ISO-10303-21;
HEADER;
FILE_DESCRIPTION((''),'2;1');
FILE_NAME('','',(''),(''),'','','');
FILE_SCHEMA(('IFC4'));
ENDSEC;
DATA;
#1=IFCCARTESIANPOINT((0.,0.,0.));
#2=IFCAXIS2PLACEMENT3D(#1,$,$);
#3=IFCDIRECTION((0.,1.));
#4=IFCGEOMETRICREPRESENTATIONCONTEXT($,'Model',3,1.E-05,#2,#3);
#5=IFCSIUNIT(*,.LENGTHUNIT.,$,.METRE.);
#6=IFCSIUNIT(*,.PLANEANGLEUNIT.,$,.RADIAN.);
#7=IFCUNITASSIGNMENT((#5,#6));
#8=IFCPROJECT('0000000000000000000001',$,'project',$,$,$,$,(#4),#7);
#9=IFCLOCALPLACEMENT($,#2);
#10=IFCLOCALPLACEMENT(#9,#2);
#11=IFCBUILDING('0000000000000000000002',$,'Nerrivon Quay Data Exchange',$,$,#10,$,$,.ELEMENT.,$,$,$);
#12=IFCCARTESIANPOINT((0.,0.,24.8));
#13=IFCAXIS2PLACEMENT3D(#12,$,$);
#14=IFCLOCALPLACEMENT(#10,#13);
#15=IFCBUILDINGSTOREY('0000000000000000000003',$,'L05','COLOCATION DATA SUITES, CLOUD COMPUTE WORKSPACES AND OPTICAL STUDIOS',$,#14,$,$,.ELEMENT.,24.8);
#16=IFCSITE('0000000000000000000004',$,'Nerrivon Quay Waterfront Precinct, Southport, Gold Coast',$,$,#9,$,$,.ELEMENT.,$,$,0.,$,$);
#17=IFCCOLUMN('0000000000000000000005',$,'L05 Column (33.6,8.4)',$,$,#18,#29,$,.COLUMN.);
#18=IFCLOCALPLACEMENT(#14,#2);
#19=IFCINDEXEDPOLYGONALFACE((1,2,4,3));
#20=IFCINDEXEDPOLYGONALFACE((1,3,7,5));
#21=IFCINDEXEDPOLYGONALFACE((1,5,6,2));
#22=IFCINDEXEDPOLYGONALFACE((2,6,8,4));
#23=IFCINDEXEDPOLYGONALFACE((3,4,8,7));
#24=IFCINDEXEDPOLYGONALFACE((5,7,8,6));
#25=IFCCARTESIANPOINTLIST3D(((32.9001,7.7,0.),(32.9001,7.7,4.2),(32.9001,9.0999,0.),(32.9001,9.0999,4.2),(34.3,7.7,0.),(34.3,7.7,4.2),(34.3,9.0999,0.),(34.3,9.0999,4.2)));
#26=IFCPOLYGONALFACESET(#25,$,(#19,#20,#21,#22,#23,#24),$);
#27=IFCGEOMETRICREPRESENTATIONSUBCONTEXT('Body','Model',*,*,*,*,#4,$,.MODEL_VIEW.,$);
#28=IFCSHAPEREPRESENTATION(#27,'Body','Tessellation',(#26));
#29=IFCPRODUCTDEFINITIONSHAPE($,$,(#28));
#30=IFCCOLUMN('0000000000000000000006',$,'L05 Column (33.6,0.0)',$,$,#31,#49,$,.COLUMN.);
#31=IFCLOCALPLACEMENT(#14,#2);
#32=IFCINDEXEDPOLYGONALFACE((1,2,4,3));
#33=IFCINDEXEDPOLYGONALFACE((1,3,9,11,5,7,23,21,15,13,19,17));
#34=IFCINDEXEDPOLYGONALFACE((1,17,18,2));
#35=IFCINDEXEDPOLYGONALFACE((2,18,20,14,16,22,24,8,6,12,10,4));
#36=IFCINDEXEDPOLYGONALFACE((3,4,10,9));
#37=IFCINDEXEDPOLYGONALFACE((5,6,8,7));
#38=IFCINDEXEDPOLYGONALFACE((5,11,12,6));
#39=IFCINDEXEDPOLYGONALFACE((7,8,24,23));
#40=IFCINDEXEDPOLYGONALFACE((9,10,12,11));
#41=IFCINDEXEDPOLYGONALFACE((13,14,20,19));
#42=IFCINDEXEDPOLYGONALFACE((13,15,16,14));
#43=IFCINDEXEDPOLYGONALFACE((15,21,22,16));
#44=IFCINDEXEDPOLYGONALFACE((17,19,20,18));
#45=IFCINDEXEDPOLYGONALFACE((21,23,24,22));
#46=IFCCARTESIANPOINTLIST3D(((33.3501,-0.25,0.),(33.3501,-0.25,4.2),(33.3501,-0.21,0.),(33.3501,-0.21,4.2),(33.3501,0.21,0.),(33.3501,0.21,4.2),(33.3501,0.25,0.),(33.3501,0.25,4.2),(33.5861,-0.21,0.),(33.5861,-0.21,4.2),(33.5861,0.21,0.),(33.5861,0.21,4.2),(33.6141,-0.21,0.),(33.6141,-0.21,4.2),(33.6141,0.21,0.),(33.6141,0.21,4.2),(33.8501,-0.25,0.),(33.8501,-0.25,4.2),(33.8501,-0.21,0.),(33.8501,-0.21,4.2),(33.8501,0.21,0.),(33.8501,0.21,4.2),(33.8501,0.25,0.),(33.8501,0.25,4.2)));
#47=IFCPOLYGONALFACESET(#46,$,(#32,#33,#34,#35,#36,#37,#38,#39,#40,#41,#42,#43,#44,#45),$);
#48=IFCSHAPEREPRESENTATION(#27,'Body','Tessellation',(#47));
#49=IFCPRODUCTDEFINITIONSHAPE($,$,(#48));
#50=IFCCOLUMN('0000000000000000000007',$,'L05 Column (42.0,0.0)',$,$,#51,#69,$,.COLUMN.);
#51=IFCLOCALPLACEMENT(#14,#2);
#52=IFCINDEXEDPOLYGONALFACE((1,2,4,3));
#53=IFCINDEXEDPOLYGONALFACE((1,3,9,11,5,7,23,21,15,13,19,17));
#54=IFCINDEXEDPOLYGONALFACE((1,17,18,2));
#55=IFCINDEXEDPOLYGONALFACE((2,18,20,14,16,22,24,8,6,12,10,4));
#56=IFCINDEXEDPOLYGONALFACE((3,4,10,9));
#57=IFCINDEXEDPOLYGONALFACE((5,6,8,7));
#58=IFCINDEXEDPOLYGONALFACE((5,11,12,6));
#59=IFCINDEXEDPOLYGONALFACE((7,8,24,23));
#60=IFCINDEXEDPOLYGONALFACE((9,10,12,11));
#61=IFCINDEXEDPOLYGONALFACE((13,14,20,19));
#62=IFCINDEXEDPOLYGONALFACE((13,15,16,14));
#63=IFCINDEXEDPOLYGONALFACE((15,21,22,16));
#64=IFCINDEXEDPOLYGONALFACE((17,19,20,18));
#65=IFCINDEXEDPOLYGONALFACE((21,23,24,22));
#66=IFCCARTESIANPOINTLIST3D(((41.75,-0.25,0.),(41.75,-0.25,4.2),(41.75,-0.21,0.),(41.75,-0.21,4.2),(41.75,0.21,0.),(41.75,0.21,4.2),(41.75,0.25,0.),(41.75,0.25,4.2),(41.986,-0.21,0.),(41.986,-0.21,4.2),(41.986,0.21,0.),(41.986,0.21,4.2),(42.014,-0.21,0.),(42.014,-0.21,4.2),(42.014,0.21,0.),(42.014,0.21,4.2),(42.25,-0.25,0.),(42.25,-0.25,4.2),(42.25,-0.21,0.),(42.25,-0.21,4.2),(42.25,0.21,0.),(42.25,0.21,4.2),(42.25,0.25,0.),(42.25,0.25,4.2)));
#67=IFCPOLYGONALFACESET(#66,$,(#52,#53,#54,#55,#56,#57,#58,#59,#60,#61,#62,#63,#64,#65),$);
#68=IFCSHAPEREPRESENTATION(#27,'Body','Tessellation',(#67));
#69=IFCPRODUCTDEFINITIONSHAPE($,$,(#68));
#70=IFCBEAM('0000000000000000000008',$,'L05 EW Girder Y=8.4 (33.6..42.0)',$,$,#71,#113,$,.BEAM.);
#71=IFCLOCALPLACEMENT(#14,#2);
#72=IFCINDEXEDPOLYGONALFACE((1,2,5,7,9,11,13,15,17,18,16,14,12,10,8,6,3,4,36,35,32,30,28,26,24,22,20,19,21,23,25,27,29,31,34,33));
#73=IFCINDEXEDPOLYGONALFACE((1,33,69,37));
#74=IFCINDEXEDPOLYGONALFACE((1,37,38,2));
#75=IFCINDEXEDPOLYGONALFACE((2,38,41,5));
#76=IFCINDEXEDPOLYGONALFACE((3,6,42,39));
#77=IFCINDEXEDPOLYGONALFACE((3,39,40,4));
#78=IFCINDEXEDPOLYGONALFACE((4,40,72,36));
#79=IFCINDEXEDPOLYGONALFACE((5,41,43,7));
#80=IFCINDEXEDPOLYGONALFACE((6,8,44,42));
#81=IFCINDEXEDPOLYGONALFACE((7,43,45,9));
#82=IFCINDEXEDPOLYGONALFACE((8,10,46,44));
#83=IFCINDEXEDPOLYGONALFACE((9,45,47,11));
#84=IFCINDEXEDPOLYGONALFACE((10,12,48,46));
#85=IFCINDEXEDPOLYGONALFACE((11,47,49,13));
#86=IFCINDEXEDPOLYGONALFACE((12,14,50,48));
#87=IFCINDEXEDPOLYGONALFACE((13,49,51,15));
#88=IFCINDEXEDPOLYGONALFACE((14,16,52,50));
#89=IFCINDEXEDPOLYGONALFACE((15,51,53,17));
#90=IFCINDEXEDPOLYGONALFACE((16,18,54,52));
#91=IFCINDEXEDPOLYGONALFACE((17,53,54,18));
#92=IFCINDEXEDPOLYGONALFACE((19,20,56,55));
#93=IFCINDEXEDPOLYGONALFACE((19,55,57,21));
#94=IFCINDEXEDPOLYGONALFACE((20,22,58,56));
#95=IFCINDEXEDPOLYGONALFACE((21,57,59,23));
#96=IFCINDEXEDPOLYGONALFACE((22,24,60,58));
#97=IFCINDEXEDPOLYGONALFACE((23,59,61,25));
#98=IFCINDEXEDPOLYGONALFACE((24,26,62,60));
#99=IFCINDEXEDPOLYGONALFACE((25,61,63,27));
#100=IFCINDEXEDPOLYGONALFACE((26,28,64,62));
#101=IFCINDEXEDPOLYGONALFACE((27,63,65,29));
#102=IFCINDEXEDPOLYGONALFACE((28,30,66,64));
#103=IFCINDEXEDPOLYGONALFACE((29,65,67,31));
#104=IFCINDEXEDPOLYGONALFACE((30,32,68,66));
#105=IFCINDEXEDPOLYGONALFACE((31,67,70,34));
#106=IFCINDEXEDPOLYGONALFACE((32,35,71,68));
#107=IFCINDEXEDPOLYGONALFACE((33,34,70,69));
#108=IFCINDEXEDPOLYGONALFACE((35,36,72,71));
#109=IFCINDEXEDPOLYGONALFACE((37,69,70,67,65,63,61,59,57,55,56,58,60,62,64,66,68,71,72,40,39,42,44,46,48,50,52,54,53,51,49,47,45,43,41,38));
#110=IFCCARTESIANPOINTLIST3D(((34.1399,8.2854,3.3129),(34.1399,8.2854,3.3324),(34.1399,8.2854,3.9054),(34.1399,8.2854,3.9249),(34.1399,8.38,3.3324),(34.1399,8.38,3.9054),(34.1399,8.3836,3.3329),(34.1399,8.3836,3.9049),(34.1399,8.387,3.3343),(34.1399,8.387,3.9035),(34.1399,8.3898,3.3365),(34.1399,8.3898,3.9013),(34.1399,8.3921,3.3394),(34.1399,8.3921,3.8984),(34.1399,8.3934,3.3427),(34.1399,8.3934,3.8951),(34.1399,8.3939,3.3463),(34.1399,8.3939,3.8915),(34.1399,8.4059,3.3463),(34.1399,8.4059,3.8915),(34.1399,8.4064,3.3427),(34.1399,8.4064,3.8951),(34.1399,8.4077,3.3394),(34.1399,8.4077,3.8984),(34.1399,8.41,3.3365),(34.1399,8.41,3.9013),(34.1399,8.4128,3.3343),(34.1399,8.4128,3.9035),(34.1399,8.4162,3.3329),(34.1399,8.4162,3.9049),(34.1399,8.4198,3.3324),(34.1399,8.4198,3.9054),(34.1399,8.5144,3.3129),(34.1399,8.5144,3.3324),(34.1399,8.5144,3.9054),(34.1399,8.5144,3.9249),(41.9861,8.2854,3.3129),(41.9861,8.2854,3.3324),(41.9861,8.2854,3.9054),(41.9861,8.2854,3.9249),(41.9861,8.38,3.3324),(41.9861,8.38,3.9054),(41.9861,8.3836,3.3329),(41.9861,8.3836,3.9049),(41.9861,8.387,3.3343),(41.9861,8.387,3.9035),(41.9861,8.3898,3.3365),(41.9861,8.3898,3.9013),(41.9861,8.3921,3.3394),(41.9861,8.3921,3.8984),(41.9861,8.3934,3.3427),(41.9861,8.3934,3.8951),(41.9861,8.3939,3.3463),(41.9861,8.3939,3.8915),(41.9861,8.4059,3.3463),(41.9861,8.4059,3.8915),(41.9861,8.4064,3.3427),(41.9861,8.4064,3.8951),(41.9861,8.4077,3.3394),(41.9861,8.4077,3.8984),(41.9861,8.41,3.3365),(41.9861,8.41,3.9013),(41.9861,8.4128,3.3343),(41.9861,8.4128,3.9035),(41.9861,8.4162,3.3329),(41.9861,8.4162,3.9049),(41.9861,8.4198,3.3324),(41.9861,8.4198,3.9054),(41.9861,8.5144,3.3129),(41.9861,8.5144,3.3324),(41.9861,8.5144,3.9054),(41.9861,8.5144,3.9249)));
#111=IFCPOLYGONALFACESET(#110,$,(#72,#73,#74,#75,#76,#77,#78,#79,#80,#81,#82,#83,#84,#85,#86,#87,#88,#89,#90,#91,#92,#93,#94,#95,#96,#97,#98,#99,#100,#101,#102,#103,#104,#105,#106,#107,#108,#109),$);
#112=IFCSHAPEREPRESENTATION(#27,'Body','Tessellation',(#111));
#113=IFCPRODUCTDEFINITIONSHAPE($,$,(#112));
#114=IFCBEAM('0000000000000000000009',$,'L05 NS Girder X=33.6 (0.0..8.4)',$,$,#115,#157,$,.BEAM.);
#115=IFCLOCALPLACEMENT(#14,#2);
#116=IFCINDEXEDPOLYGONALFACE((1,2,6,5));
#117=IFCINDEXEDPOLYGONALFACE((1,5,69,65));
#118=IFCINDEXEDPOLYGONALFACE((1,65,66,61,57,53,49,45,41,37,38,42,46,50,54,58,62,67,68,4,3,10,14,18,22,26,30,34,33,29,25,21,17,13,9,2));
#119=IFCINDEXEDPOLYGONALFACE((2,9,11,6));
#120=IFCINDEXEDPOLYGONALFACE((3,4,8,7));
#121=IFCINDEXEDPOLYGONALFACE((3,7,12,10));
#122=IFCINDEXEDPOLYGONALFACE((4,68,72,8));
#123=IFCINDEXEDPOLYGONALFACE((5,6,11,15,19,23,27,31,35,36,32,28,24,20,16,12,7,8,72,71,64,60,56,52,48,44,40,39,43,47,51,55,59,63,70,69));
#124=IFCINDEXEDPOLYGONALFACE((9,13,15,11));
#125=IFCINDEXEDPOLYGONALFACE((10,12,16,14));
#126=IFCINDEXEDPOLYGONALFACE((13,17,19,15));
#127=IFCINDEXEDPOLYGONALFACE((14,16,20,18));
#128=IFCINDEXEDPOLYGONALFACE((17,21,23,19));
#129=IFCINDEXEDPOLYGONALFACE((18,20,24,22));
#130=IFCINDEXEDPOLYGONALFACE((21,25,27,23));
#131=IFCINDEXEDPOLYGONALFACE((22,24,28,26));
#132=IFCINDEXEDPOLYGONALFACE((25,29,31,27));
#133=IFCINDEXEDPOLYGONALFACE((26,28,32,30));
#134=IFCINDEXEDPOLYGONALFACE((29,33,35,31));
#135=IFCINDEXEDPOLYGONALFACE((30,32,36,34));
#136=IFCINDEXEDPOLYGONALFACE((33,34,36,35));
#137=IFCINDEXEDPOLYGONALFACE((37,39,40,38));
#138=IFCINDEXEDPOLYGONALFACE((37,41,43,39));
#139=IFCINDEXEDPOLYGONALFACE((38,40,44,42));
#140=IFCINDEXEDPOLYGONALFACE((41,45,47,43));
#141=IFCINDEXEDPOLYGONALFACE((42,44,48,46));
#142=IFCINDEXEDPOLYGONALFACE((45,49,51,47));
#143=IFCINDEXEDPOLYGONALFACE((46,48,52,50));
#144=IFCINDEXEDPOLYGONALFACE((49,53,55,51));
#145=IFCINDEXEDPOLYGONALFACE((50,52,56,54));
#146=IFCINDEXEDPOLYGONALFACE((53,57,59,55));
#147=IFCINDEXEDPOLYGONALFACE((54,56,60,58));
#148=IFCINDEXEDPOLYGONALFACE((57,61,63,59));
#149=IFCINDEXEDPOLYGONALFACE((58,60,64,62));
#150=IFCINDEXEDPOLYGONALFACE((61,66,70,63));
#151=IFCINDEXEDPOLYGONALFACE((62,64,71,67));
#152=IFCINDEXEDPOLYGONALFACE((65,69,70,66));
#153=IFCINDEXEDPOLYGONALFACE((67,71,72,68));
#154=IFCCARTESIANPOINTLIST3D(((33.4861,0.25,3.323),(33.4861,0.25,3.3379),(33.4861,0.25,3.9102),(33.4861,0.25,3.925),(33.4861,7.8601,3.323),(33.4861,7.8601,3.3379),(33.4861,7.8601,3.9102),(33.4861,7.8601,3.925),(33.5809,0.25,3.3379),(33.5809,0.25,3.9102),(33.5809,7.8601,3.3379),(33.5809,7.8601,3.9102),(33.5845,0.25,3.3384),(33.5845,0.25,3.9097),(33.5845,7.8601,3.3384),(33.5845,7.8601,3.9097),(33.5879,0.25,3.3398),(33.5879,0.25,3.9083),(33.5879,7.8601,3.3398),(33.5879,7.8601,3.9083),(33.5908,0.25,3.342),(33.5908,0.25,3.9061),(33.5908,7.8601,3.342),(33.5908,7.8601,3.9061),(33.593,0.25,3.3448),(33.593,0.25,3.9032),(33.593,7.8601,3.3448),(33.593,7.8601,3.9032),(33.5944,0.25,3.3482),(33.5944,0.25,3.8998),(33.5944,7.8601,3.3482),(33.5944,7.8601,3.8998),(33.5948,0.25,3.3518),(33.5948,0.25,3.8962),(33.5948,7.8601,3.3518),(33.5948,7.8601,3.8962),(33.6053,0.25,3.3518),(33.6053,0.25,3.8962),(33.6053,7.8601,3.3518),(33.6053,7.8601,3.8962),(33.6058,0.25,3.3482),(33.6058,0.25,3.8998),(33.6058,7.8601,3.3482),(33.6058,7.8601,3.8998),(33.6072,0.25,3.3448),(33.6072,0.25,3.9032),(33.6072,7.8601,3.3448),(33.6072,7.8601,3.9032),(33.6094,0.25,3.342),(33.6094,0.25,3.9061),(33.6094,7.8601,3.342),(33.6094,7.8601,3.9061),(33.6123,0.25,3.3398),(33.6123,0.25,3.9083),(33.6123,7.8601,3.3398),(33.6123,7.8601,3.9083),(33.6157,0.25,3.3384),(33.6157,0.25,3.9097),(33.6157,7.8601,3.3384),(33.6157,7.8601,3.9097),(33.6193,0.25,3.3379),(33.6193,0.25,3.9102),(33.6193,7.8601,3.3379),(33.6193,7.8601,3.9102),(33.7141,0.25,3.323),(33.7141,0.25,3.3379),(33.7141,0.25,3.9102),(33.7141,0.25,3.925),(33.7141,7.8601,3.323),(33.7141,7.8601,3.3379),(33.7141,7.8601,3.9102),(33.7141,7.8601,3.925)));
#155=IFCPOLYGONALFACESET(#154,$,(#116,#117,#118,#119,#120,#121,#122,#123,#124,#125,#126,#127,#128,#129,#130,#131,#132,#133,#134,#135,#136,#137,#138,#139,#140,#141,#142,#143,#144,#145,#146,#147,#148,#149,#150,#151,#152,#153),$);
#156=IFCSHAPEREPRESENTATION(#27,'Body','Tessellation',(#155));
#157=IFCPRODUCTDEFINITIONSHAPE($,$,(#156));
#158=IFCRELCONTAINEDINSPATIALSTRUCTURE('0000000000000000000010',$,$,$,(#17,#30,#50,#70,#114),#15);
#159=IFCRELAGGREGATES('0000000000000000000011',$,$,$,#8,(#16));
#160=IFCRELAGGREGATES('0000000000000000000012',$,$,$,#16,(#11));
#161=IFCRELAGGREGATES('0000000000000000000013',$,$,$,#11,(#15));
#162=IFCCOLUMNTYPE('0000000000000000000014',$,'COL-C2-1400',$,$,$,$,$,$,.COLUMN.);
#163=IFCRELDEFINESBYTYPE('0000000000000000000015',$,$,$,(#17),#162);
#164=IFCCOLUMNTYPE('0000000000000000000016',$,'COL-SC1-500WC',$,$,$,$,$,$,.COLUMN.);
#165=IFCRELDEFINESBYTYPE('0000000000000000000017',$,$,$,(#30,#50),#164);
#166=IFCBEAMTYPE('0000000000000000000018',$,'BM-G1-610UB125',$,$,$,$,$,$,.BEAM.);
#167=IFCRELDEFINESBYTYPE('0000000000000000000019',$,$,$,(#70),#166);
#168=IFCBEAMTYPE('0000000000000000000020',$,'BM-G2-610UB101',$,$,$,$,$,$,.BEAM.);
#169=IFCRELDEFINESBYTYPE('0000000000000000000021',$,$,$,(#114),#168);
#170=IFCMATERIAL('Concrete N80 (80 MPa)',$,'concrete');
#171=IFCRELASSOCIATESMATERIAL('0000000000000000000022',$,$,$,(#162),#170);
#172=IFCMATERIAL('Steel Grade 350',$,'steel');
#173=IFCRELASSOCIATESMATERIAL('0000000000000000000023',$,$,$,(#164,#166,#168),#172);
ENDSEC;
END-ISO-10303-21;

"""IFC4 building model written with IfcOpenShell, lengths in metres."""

from ifc_helpers import new_model, si_unit, direction, frame, origin, origin_2d, place, context, subcontext, project, spatial, rectangle, i_section, extrude, material, material_profile, profile_set, type_object, element, save


model = new_model("IFC4")

# Units and contexts
model_context = context("Model", 3, precision=1e-05, world=origin(), true_north=direction((0.0, 1.0)))
body_context = subcontext(model_context, "Body", "Model", "MODEL_VIEW")
ifc_project = project(units=[si_unit("LENGTHUNIT", "METRE"), si_unit("PLANEANGLEUNIT", "RADIAN")], contexts=[model_context])

# Site, building, storey
site_placement = place(None, origin())
site = spatial("IfcSite", under=ifc_project, at=site_placement, Name="Nerrivon Quay Waterfront Precinct, Southport, Gold Coast", CompositionType="ELEMENT", RefElevation=0.0)
building_placement = place(site_placement, origin())
building = spatial("IfcBuilding", under=site, at=building_placement, Name="Nerrivon Quay Data Exchange", CompositionType="ELEMENT")
storey_placement = place(building_placement, frame((0.0, 0.0, 24.8)))
storey = spatial("IfcBuildingStorey", under=building, at=storey_placement, Name="L05", Description="COLOCATION DATA SUITES, CLOUD COMPUTE WORKSPACES AND OPTICAL STUDIOS", CompositionType="ELEMENT", Elevation=24.8)

# Columns
ifc_material_1 = material(Name="Concrete N80 (80 MPa)", Category="concrete")
ifc_material_profile_1 = material_profile(ifc_material_1, rectangle(XDim=1.3999, YDim=1.3999, at=origin_2d()), Name="RC-COL-1400x1400")
ifc_profile_set_1 = profile_set([ifc_material_profile_1], Name="Concrete N80 (80 MPa)")
column_type_1 = type_object("IfcColumnType", Name="COL-C2-1400", PredefinedType="COLUMN", material=ifc_profile_set_1)
column_placement = place(storey_placement, frame((33.6001, 8.3999, 0.0), z_axis=(0.0, 0.0, 1.0), x_axis=(1.0, 0.0, 0.0)))
element("IfcColumn", 1, at=column_placement, inside=storey, type_object=column_type_1, Name="L05 Column (33.6,8.4)", PredefinedType="COLUMN", context=body_context, shape_type="SweptSolid", body=[
    extrude(rectangle(XDim=1.3999, YDim=1.3999, at=origin_2d()), origin(), (0.0, 0.0, 1.0), 4.2),
])
ifc_material_2 = material(Name="Steel Grade 350", Category="steel")
ifc_material_profile_2 = material_profile(ifc_material_2, i_section(OverallWidth=0.5, OverallDepth=0.5, WebThickness=0.0281, FlangeThickness=0.04, at=origin_2d()), Name="500WC440")
ifc_profile_set_2 = profile_set([ifc_material_profile_2], Name="Steel Grade 350")
column_type_2 = type_object("IfcColumnType", Name="COL-SC1-500WC", PredefinedType="COLUMN", material=ifc_profile_set_2)
for number, where, z_axis, x_axis, name in (
    (2, (33.6001, 0.0, 0.0), (0.0, 0.0, 1.0), (1.0, 0.0, 0.0), "L05 Column (33.6,0.0)"),
    (3, (42.0, 0.0, 0.0), (0.0, 0.0, 1.0), (1.0, 0.0, 0.0), "L05 Column (42.0,0.0)"),
):
    element("IfcColumn", number, at=place(storey_placement, frame(where, z_axis=z_axis, x_axis=x_axis)), inside=storey, type_object=column_type_2, Name=name, PredefinedType="COLUMN", context=body_context, shape_type="SweptSolid", body=[
        extrude(i_section(OverallWidth=0.5, OverallDepth=0.5, WebThickness=0.0281, FlangeThickness=0.04, at=origin_2d()), origin(), (0.0, 0.0, 1.0), 4.2),
    ])

# Beams
ifc_material_profile_3 = material_profile(ifc_material_2, i_section(OverallWidth=0.229, OverallDepth=0.6121, WebThickness=0.012, FlangeThickness=0.0195, FilletRadius=0.0139, at=origin_2d()), Name="610UB125")
ifc_profile_set_3 = profile_set([ifc_material_profile_3], Name="Steel Grade 350")
beam_type_1 = type_object("IfcBeamType", Name="BM-G1-610UB125", PredefinedType="BEAM", material=ifc_profile_set_3)
beam_1_placement = place(storey_placement, frame((34.1399, 8.3999, 3.6189), z_axis=(1.0, 0.0, 0.0), x_axis=(0.0, 1.0, 0.0)))
element("IfcBeam", 4, at=beam_1_placement, inside=storey, type_object=beam_type_1, Name="L05 EW Girder Y=8.4 (33.6..42.0)", PredefinedType="BEAM", context=body_context, shape_type="SweptSolid", body=[
    extrude(i_section(OverallWidth=0.229, OverallDepth=0.6121, WebThickness=0.012, FlangeThickness=0.0195, FilletRadius=0.0139, at=origin_2d()), origin(), (0.0, 0.0, 1.0), 7.8462),
])
ifc_material_profile_4 = material_profile(ifc_material_2, i_section(OverallWidth=0.228, OverallDepth=0.6021, WebThickness=0.0105, FlangeThickness=0.0149, FilletRadius=0.0139, at=origin_2d()), Name="610UB101")
ifc_profile_set_4 = profile_set([ifc_material_profile_4], Name="Steel Grade 350")
beam_type_2 = type_object("IfcBeamType", Name="BM-G2-610UB101", PredefinedType="BEAM", material=ifc_profile_set_4)
beam_2_placement = place(storey_placement, frame((33.6001, 0.25, 3.624), z_axis=(0.0, 1.0, 0.0), x_axis=(-1.0, 0.0, 0.0)))
element("IfcBeam", 5, at=beam_2_placement, inside=storey, type_object=beam_type_2, Name="L05 NS Girder X=33.6 (0.0..8.4)", PredefinedType="BEAM", context=body_context, shape_type="SweptSolid", body=[
    extrude(i_section(OverallWidth=0.228, OverallDepth=0.6021, WebThickness=0.0105, FlangeThickness=0.0149, FilletRadius=0.0139, at=origin_2d()), origin(), (0.0, 0.0, 1.0), 7.6101),
])

save(model, "model.ifc")
